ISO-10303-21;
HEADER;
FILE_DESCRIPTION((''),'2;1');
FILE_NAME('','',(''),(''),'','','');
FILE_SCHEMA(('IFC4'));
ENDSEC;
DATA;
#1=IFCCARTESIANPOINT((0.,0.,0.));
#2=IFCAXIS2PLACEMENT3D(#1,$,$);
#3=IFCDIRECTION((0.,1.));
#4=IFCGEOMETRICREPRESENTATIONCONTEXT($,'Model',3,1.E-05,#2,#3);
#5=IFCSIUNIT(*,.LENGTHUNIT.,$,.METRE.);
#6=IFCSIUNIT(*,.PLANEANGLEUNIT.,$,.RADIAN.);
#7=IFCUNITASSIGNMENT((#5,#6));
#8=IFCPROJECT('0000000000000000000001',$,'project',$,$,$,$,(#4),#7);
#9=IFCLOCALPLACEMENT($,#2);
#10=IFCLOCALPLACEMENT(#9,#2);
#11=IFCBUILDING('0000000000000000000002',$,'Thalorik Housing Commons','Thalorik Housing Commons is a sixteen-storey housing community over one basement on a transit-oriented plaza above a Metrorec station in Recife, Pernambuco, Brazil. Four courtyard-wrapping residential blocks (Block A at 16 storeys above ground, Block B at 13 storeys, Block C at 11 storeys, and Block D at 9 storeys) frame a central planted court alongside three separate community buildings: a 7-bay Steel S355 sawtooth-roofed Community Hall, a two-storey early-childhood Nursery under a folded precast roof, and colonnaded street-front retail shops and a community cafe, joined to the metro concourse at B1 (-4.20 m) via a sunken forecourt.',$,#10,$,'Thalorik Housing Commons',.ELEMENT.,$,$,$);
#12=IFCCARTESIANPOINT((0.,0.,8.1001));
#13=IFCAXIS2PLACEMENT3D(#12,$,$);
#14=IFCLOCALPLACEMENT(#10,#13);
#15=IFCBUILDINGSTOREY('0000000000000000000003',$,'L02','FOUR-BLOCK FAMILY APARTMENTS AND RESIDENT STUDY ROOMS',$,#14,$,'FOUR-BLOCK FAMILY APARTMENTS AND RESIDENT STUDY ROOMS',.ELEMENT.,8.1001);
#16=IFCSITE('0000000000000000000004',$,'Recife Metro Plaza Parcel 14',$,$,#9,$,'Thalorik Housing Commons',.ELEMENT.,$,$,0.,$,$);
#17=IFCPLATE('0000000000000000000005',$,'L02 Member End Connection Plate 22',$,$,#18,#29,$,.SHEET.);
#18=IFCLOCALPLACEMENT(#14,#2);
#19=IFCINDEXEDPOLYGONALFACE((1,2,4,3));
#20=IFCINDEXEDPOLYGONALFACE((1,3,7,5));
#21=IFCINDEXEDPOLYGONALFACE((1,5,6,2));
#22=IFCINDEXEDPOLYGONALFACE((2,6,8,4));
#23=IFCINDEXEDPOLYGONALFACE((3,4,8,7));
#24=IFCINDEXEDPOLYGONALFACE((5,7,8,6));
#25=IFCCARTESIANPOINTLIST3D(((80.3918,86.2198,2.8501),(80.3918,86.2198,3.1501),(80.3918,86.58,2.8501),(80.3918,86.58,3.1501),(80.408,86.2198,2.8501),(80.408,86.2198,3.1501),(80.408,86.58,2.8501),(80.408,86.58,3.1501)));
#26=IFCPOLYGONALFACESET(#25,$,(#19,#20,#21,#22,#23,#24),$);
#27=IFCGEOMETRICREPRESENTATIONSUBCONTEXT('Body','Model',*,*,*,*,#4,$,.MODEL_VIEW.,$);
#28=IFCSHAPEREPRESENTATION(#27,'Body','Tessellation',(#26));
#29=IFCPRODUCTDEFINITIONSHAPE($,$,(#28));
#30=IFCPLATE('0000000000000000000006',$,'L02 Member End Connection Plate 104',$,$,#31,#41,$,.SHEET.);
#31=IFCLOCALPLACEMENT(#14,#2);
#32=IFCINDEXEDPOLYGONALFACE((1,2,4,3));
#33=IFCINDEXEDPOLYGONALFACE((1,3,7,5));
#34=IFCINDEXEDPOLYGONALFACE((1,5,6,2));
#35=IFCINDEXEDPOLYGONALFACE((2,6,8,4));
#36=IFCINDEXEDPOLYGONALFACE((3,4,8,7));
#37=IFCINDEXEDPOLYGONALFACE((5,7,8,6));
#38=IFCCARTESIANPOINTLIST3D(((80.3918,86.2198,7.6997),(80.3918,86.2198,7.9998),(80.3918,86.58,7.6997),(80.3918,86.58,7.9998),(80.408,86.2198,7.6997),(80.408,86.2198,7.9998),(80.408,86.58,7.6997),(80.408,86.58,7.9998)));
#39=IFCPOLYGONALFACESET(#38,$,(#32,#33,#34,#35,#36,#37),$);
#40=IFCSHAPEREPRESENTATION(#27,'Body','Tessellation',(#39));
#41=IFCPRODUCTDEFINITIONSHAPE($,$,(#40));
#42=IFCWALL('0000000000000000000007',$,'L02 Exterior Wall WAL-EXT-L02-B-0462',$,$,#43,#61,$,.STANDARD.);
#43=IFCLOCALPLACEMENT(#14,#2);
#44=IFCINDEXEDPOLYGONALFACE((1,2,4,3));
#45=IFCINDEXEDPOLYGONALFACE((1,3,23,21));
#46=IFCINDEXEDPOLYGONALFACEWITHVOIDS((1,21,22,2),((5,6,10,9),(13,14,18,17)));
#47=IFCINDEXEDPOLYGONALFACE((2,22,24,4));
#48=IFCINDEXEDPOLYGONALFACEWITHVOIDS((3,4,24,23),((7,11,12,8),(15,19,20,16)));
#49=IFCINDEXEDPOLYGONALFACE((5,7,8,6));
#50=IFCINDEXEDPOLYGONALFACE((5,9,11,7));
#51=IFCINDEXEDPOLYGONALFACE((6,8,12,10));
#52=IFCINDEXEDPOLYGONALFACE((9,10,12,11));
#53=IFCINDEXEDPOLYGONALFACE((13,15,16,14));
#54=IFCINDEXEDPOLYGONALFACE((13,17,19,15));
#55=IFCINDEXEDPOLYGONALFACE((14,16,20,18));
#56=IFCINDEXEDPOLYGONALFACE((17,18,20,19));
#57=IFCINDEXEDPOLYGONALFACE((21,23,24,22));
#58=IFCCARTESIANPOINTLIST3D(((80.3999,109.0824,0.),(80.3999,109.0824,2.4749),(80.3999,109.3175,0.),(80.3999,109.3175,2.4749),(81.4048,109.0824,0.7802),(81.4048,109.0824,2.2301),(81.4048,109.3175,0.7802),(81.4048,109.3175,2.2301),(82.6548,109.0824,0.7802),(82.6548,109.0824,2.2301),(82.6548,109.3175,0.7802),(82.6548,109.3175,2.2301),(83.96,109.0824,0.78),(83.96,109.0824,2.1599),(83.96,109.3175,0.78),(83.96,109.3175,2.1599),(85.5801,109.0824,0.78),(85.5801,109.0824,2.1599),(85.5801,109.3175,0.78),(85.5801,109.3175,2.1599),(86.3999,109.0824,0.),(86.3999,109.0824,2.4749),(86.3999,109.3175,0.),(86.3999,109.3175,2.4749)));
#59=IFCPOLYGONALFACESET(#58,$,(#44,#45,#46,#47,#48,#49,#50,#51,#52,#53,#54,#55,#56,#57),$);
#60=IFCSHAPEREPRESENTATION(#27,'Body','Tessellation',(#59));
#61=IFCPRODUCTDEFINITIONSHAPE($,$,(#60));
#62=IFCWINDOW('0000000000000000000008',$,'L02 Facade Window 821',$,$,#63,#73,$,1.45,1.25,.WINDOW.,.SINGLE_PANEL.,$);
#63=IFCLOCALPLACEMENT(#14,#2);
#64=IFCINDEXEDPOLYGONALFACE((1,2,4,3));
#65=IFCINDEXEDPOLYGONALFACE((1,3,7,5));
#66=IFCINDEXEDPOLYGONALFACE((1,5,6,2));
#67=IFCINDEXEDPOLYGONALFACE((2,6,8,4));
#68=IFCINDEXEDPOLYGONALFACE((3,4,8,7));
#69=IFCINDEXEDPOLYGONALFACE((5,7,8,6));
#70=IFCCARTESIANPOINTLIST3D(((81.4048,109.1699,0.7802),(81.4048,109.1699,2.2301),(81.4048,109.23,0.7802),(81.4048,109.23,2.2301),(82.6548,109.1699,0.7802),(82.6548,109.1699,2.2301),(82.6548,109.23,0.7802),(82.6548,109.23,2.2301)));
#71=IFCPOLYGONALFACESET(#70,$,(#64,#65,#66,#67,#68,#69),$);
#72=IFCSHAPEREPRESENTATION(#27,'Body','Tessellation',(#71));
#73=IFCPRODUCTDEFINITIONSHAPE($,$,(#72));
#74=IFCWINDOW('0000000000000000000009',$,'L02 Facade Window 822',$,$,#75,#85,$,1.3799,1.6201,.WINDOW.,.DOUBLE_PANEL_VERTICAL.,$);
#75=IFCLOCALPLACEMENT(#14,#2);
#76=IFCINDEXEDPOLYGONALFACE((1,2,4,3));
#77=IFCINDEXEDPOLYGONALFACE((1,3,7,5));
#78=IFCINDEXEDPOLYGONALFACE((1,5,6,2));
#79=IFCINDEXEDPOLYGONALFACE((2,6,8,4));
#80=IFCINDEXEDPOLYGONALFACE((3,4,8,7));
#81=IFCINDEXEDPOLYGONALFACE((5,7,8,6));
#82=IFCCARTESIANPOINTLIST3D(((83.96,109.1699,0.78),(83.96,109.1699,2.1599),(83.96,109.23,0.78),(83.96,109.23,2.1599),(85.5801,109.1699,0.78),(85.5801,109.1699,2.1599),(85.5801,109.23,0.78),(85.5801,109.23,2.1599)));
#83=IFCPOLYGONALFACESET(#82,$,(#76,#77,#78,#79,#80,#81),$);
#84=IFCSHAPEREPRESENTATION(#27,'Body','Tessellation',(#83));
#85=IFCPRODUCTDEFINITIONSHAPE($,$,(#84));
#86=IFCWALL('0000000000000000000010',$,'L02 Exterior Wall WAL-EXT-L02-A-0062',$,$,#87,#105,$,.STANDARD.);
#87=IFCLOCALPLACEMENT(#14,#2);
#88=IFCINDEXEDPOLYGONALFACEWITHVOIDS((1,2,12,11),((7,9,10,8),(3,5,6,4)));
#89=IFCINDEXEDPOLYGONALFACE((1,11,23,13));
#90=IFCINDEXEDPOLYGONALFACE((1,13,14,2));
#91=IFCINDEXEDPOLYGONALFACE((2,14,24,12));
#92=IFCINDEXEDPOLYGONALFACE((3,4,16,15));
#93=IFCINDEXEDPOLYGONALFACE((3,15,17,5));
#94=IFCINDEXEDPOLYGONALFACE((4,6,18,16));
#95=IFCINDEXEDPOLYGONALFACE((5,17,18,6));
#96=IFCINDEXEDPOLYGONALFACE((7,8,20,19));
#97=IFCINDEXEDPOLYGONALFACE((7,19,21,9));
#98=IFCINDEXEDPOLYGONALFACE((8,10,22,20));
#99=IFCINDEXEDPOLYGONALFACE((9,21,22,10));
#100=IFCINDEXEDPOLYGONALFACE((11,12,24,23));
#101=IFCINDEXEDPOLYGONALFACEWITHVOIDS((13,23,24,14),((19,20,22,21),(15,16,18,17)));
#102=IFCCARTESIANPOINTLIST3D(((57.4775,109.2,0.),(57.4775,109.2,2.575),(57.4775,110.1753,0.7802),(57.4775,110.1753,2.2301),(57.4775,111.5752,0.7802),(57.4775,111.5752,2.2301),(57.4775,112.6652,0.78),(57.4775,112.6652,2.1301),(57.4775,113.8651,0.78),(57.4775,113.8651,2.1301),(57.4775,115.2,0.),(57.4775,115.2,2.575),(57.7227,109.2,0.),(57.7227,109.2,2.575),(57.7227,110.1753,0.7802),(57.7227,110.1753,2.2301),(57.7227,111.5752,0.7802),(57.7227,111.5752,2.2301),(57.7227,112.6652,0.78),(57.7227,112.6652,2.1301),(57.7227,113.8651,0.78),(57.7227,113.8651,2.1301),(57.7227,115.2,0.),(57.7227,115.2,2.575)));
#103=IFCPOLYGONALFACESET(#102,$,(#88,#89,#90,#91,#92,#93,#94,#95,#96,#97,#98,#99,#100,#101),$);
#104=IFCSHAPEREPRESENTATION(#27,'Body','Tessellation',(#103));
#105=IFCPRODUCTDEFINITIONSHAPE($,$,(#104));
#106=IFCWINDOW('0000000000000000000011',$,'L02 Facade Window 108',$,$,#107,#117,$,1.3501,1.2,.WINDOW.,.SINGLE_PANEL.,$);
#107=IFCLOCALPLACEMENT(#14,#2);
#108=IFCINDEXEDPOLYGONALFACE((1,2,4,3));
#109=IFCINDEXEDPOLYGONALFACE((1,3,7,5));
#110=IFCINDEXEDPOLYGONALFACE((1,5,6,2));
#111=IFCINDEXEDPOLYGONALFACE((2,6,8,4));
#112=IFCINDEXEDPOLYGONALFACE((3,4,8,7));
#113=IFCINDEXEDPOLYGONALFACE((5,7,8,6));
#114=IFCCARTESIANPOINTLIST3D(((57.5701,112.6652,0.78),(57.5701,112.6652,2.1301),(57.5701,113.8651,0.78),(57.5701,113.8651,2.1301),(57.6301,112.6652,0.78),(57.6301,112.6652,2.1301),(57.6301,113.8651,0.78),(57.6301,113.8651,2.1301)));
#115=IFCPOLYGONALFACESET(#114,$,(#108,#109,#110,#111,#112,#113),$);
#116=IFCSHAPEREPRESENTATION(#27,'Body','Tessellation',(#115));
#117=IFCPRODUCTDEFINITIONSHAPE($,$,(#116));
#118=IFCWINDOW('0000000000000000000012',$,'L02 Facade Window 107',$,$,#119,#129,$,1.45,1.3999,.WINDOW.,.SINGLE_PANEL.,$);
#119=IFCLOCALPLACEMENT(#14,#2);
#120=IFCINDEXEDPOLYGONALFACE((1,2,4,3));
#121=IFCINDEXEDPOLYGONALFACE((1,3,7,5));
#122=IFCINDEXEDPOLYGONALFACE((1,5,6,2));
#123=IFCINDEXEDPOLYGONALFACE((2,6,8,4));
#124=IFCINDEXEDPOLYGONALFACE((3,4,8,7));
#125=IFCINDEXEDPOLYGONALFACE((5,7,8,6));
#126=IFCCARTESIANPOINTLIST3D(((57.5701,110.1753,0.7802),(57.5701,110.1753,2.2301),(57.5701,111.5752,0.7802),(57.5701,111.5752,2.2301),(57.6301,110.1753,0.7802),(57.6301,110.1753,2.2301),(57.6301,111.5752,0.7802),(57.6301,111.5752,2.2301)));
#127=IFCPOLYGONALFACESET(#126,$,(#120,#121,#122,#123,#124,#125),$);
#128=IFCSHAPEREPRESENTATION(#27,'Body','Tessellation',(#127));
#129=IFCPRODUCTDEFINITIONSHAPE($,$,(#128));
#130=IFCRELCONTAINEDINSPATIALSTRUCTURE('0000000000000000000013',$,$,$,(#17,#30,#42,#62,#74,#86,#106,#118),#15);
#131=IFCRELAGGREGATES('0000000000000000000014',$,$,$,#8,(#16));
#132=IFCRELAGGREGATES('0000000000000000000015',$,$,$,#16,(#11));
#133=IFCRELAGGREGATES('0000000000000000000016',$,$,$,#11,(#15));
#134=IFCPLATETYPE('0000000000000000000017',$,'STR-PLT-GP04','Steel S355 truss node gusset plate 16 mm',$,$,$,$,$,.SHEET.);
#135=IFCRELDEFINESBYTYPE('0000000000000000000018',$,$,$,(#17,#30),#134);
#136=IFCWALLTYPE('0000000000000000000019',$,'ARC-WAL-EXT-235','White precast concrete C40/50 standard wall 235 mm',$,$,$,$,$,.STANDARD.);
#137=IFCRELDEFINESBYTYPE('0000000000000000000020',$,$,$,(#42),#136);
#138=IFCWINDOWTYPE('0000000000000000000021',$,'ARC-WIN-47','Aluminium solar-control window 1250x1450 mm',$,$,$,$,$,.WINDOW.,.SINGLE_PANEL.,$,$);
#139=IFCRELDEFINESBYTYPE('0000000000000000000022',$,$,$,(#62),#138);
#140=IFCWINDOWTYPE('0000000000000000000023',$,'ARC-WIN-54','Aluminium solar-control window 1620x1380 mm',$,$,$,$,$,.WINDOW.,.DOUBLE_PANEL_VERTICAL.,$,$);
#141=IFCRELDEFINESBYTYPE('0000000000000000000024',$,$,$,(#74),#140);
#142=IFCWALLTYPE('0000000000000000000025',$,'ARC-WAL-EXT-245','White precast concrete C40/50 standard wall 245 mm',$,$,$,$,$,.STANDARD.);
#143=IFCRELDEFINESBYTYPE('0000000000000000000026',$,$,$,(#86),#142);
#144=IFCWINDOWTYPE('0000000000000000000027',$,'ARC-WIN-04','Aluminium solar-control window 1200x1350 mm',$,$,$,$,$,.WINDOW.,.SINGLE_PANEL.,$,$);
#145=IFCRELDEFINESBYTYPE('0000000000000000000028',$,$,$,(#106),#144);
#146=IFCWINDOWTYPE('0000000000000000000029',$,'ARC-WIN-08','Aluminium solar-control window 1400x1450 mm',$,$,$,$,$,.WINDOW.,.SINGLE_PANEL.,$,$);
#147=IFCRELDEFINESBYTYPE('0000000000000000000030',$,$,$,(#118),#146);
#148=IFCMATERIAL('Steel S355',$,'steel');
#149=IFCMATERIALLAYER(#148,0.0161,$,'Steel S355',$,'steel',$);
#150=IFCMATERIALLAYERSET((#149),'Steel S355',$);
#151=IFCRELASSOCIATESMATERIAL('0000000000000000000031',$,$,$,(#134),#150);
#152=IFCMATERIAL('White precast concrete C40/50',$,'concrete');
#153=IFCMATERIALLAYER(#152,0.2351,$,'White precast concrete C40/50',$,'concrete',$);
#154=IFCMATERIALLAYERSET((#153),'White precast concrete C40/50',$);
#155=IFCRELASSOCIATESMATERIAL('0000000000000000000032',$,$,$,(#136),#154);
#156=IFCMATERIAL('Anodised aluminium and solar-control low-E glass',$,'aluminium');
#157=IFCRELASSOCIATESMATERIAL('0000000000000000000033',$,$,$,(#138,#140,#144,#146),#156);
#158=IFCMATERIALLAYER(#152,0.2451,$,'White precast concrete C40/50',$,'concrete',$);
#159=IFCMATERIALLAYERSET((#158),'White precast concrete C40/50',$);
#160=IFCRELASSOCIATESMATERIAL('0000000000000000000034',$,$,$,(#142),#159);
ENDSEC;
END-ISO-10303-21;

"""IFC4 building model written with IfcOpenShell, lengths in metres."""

from ifc_helpers import new_model, si_unit, direction, frame, frame_2d, origin, origin_2d, place, context, subcontext, project, spatial, rectangle, extrude, material, layer, layer_set, type_object, element, fill, save


model = new_model("IFC4")

# Units and contexts
model_context = context("Model", 3, precision=1e-05, world=origin(), true_north=direction((0.0, 1.0)))
body_context = subcontext(model_context, "Body", "Model", "MODEL_VIEW")
ifc_project = project(units=[si_unit("LENGTHUNIT", "METRE"), si_unit("PLANEANGLEUNIT", "RADIAN")], contexts=[model_context])

# Site, building, storey
site_placement = place(None, origin())
site = spatial("IfcSite", under=ifc_project, at=site_placement, Name="Recife Metro Plaza Parcel 14", LongName="Thalorik Housing Commons", CompositionType="ELEMENT", RefElevation=0.0)
building_placement = place(site_placement, origin())
building = spatial("IfcBuilding", under=site, at=building_placement, Name="Thalorik Housing Commons", Description="Thalorik Housing Commons is a sixteen-storey housing community over one basement on a transit-oriented plaza above a Metrorec station in Recife, Pernambuco, Brazil. Four courtyard-wrapping residential blocks (Block A at 16 storeys above ground, Block B at 13 storeys, Block C at 11 storeys, and Block D at 9 storeys) frame a central planted court alongside three separate community buildings: a 7-bay Steel S355 sawtooth-roofed Community Hall, a two-storey early-childhood Nursery under a folded precast roof, and colonnaded street-front retail shops and a community cafe, joined to the metro concourse at B1 (-4.20 m) via a sunken forecourt.", LongName="Thalorik Housing Commons", CompositionType="ELEMENT")
storey_placement = place(building_placement, frame((0.0, 0.0, 8.1001)))
storey = spatial("IfcBuildingStorey", under=building, at=storey_placement, Name="L02", Description="FOUR-BLOCK FAMILY APARTMENTS AND RESIDENT STUDY ROOMS", LongName="FOUR-BLOCK FAMILY APARTMENTS AND RESIDENT STUDY ROOMS", CompositionType="ELEMENT", Elevation=8.1001)

# Shared definitions
ifc_material_1 = material(Name="Steel S355", Category="steel")

# Plates
ifc_layer_1 = layer(ifc_material_1, 0.0161, Name="Steel S355", Category="steel")
ifc_layer_set_1 = layer_set([ifc_layer_1], Name="Steel S355")
plate_type = type_object("IfcPlateType", Name="STR-PLT-GP04", Description="Steel S355 truss node gusset plate 16 mm", PredefinedType="SHEET", material=ifc_layer_set_1)
for number, where, z_axis, x_axis, name in (
    (1, (80.3999, 86.3999, 2.8501), (0.0, 0.0, 1.0), (1.0, 0.0, 0.0), "L02 Member End Connection Plate 22"),
    (2, (80.3999, 86.3999, 7.6997), (0.0, 0.0, 1.0), (1.0, 0.0, 0.0), "L02 Member End Connection Plate 104"),
):
    element("IfcPlate", number, at=place(storey_placement, frame(where, z_axis=z_axis, x_axis=x_axis)), inside=storey, type_object=plate_type, Name=name, PredefinedType="SHEET", context=body_context, shape_type="SweptSolid", body=[
        extrude(rectangle(XDim=0.0161, YDim=0.3601, at=origin_2d()), origin(), (0.0, 0.0, 1.0), 0.3),
    ])

# Walls, openings, windows
ifc_material_2 = material(Name="White precast concrete C40/50", Category="concrete")
ifc_layer_2 = layer(ifc_material_2, 0.2351, Name="White precast concrete C40/50", Category="concrete")
ifc_layer_set_2 = layer_set([ifc_layer_2], Name="White precast concrete C40/50")
wall_type_1 = type_object("IfcWallType", Name="ARC-WAL-EXT-235", Description="White precast concrete C40/50 standard wall 235 mm", PredefinedType="STANDARD", material=ifc_layer_set_2)
wall_1_placement = place(storey_placement, frame((80.3999, 109.2, 0.0), z_axis=(0.0, 0.0, 1.0), x_axis=(1.0, 0.0, 0.0)))
wall_1 = element("IfcWall", 3, at=wall_1_placement, inside=storey, type_object=wall_type_1, Name="L02 Exterior Wall WAL-EXT-L02-B-0462", PredefinedType="STANDARD", context=body_context, shape_type="SweptSolid", body=[
    extrude(rectangle(XDim=6.0, YDim=0.2351, at=frame_2d((3.0, 0.0))), origin(), (0.0, 0.0, 1.0), 2.4749),
])
opening_1_placement = place(wall_1_placement, frame((1.0049, 0.0, 0.78)))
opening_1 = element("IfcOpeningElement", 4, at=opening_1_placement, cuts=wall_1, PredefinedType="OPENING", context=body_context, shape_type="SweptSolid", body=[
    extrude(rectangle(XDim=1.25, YDim=1.45, at=frame_2d((0.625, 0.7251))), frame((0.0, 0.1274, 0.0), z_axis=(0.0, -1.0, 0.0), x_axis=(1.0, 0.0, 0.0)), (0.0, 0.0, 1.0), 0.2551),
])
opening_2_placement = place(wall_1_placement, frame((3.5601, 0.0, 0.78)))
opening_2 = element("IfcOpeningElement", 5, at=opening_2_placement, cuts=wall_1, PredefinedType="OPENING", context=body_context, shape_type="SweptSolid", body=[
    extrude(rectangle(XDim=1.6201, YDim=1.3799, at=frame_2d((0.8101, 0.6899))), frame((0.0, 0.1274, 0.0), z_axis=(0.0, -1.0, 0.0), x_axis=(1.0, 0.0, 0.0)), (0.0, 0.0, 1.0), 0.2551),
])
ifc_material_3 = material(Name="Anodised aluminium and solar-control low-E glass", Category="aluminium")
window_type_1 = type_object("IfcWindowType", Name="ARC-WIN-47", Description="Aluminium solar-control window 1250x1450 mm", PartitioningType="SINGLE_PANEL", PredefinedType="WINDOW", material=ifc_material_3)
window_1_placement = place(opening_1_placement, origin())
window_1 = element("IfcWindow", 6, at=window_1_placement, inside=storey, type_object=window_type_1, Name="L02 Facade Window 821", OverallHeight=1.45, OverallWidth=1.25, PartitioningType="SINGLE_PANEL", PredefinedType="WINDOW", context=body_context, shape_type="SweptSolid", body=[
    extrude(rectangle(XDim=1.25, YDim=1.45, at=frame_2d((0.625, 0.7251))), frame((0.0, 0.03, 0.0), z_axis=(0.0, -1.0, 0.0), x_axis=(1.0, 0.0, 0.0)), (0.0, 0.0, 1.0), 0.0601),
])
fill(opening_1, window_1)
window_type_2 = type_object("IfcWindowType", Name="ARC-WIN-54", Description="Aluminium solar-control window 1620x1380 mm", PartitioningType="DOUBLE_PANEL_VERTICAL", PredefinedType="WINDOW", material=ifc_material_3)
window_2_placement = place(opening_2_placement, origin())
window_2 = element("IfcWindow", 7, at=window_2_placement, inside=storey, type_object=window_type_2, Name="L02 Facade Window 822", OverallHeight=1.3799, OverallWidth=1.6201, PartitioningType="DOUBLE_PANEL_VERTICAL", PredefinedType="WINDOW", context=body_context, shape_type="SweptSolid", body=[
    extrude(rectangle(XDim=1.6201, YDim=1.3799, at=frame_2d((0.8101, 0.6899))), frame((0.0, 0.03, 0.0), z_axis=(0.0, -1.0, 0.0), x_axis=(1.0, 0.0, 0.0)), (0.0, 0.0, 1.0), 0.0601),
])
fill(opening_2, window_2)
ifc_layer_3 = layer(ifc_material_2, 0.2451, Name="White precast concrete C40/50", Category="concrete")
ifc_layer_set_3 = layer_set([ifc_layer_3], Name="White precast concrete C40/50")
wall_type_2 = type_object("IfcWallType", Name="ARC-WAL-EXT-245", Description="White precast concrete C40/50 standard wall 245 mm", PredefinedType="STANDARD", material=ifc_layer_set_3)
wall_2_placement = place(storey_placement, frame((57.6001, 109.2, 0.0), z_axis=(0.0, 0.0, 1.0), x_axis=(0.0, 1.0, 0.0)))
wall_2 = element("IfcWall", 8, at=wall_2_placement, inside=storey, type_object=wall_type_2, Name="L02 Exterior Wall WAL-EXT-L02-A-0062", PredefinedType="STANDARD", context=body_context, shape_type="SweptSolid", body=[
    extrude(rectangle(XDim=6.0, YDim=0.2451, at=frame_2d((3.0, 0.0))), origin(), (0.0, 0.0, 1.0), 2.575),
])
opening_3_placement = place(wall_2_placement, frame((0.9753, 0.0, 0.78)))
opening_3 = element("IfcOpeningElement", 9, at=opening_3_placement, cuts=wall_2, PredefinedType="OPENING", context=body_context, shape_type="SweptSolid", body=[
    extrude(rectangle(XDim=1.3999, YDim=1.45, at=frame_2d((0.7, 0.7251))), frame((0.0, 0.1326, 0.0), z_axis=(0.0, -1.0, 0.0), x_axis=(1.0, 0.0, 0.0)), (0.0, 0.0, 1.0), 0.2651),
])
opening_4_placement = place(wall_2_placement, frame((3.4651, 0.0, 0.78)))
opening_4 = element("IfcOpeningElement", 10, at=opening_4_placement, cuts=wall_2, PredefinedType="OPENING", context=body_context, shape_type="SweptSolid", body=[
    extrude(rectangle(XDim=1.2, YDim=1.3501, at=frame_2d((0.6001, 0.675))), frame((0.0, 0.1326, 0.0), z_axis=(0.0, -1.0, 0.0), x_axis=(1.0, 0.0, 0.0)), (0.0, 0.0, 1.0), 0.2651),
])
window_type_3 = type_object("IfcWindowType", Name="ARC-WIN-04", Description="Aluminium solar-control window 1200x1350 mm", PartitioningType="SINGLE_PANEL", PredefinedType="WINDOW", material=ifc_material_3)
window_3_placement = place(opening_4_placement, origin())
window_3 = element("IfcWindow", 11, at=window_3_placement, inside=storey, type_object=window_type_3, Name="L02 Facade Window 108", OverallHeight=1.3501, OverallWidth=1.2, PartitioningType="SINGLE_PANEL", PredefinedType="WINDOW", context=body_context, shape_type="SweptSolid", body=[
    extrude(rectangle(XDim=1.2, YDim=1.3501, at=frame_2d((0.6001, 0.675))), frame((0.0, 0.03, 0.0), z_axis=(0.0, -1.0, 0.0), x_axis=(1.0, 0.0, 0.0)), (0.0, 0.0, 1.0), 0.0601),
])
fill(opening_4, window_3)
window_type_4 = type_object("IfcWindowType", Name="ARC-WIN-08", Description="Aluminium solar-control window 1400x1450 mm", PartitioningType="SINGLE_PANEL", PredefinedType="WINDOW", material=ifc_material_3)
window_4_placement = place(opening_3_placement, origin())
window_4 = element("IfcWindow", 12, at=window_4_placement, inside=storey, type_object=window_type_4, Name="L02 Facade Window 107", OverallHeight=1.45, OverallWidth=1.3999, PartitioningType="SINGLE_PANEL", PredefinedType="WINDOW", context=body_context, shape_type="SweptSolid", body=[
    extrude(rectangle(XDim=1.3999, YDim=1.45, at=frame_2d((0.7, 0.7251))), frame((0.0, 0.03, 0.0), z_axis=(0.0, -1.0, 0.0), x_axis=(1.0, 0.0, 0.0)), (0.0, 0.0, 1.0), 0.0601),
])
fill(opening_3, window_4)

save(model, "model.ifc")
